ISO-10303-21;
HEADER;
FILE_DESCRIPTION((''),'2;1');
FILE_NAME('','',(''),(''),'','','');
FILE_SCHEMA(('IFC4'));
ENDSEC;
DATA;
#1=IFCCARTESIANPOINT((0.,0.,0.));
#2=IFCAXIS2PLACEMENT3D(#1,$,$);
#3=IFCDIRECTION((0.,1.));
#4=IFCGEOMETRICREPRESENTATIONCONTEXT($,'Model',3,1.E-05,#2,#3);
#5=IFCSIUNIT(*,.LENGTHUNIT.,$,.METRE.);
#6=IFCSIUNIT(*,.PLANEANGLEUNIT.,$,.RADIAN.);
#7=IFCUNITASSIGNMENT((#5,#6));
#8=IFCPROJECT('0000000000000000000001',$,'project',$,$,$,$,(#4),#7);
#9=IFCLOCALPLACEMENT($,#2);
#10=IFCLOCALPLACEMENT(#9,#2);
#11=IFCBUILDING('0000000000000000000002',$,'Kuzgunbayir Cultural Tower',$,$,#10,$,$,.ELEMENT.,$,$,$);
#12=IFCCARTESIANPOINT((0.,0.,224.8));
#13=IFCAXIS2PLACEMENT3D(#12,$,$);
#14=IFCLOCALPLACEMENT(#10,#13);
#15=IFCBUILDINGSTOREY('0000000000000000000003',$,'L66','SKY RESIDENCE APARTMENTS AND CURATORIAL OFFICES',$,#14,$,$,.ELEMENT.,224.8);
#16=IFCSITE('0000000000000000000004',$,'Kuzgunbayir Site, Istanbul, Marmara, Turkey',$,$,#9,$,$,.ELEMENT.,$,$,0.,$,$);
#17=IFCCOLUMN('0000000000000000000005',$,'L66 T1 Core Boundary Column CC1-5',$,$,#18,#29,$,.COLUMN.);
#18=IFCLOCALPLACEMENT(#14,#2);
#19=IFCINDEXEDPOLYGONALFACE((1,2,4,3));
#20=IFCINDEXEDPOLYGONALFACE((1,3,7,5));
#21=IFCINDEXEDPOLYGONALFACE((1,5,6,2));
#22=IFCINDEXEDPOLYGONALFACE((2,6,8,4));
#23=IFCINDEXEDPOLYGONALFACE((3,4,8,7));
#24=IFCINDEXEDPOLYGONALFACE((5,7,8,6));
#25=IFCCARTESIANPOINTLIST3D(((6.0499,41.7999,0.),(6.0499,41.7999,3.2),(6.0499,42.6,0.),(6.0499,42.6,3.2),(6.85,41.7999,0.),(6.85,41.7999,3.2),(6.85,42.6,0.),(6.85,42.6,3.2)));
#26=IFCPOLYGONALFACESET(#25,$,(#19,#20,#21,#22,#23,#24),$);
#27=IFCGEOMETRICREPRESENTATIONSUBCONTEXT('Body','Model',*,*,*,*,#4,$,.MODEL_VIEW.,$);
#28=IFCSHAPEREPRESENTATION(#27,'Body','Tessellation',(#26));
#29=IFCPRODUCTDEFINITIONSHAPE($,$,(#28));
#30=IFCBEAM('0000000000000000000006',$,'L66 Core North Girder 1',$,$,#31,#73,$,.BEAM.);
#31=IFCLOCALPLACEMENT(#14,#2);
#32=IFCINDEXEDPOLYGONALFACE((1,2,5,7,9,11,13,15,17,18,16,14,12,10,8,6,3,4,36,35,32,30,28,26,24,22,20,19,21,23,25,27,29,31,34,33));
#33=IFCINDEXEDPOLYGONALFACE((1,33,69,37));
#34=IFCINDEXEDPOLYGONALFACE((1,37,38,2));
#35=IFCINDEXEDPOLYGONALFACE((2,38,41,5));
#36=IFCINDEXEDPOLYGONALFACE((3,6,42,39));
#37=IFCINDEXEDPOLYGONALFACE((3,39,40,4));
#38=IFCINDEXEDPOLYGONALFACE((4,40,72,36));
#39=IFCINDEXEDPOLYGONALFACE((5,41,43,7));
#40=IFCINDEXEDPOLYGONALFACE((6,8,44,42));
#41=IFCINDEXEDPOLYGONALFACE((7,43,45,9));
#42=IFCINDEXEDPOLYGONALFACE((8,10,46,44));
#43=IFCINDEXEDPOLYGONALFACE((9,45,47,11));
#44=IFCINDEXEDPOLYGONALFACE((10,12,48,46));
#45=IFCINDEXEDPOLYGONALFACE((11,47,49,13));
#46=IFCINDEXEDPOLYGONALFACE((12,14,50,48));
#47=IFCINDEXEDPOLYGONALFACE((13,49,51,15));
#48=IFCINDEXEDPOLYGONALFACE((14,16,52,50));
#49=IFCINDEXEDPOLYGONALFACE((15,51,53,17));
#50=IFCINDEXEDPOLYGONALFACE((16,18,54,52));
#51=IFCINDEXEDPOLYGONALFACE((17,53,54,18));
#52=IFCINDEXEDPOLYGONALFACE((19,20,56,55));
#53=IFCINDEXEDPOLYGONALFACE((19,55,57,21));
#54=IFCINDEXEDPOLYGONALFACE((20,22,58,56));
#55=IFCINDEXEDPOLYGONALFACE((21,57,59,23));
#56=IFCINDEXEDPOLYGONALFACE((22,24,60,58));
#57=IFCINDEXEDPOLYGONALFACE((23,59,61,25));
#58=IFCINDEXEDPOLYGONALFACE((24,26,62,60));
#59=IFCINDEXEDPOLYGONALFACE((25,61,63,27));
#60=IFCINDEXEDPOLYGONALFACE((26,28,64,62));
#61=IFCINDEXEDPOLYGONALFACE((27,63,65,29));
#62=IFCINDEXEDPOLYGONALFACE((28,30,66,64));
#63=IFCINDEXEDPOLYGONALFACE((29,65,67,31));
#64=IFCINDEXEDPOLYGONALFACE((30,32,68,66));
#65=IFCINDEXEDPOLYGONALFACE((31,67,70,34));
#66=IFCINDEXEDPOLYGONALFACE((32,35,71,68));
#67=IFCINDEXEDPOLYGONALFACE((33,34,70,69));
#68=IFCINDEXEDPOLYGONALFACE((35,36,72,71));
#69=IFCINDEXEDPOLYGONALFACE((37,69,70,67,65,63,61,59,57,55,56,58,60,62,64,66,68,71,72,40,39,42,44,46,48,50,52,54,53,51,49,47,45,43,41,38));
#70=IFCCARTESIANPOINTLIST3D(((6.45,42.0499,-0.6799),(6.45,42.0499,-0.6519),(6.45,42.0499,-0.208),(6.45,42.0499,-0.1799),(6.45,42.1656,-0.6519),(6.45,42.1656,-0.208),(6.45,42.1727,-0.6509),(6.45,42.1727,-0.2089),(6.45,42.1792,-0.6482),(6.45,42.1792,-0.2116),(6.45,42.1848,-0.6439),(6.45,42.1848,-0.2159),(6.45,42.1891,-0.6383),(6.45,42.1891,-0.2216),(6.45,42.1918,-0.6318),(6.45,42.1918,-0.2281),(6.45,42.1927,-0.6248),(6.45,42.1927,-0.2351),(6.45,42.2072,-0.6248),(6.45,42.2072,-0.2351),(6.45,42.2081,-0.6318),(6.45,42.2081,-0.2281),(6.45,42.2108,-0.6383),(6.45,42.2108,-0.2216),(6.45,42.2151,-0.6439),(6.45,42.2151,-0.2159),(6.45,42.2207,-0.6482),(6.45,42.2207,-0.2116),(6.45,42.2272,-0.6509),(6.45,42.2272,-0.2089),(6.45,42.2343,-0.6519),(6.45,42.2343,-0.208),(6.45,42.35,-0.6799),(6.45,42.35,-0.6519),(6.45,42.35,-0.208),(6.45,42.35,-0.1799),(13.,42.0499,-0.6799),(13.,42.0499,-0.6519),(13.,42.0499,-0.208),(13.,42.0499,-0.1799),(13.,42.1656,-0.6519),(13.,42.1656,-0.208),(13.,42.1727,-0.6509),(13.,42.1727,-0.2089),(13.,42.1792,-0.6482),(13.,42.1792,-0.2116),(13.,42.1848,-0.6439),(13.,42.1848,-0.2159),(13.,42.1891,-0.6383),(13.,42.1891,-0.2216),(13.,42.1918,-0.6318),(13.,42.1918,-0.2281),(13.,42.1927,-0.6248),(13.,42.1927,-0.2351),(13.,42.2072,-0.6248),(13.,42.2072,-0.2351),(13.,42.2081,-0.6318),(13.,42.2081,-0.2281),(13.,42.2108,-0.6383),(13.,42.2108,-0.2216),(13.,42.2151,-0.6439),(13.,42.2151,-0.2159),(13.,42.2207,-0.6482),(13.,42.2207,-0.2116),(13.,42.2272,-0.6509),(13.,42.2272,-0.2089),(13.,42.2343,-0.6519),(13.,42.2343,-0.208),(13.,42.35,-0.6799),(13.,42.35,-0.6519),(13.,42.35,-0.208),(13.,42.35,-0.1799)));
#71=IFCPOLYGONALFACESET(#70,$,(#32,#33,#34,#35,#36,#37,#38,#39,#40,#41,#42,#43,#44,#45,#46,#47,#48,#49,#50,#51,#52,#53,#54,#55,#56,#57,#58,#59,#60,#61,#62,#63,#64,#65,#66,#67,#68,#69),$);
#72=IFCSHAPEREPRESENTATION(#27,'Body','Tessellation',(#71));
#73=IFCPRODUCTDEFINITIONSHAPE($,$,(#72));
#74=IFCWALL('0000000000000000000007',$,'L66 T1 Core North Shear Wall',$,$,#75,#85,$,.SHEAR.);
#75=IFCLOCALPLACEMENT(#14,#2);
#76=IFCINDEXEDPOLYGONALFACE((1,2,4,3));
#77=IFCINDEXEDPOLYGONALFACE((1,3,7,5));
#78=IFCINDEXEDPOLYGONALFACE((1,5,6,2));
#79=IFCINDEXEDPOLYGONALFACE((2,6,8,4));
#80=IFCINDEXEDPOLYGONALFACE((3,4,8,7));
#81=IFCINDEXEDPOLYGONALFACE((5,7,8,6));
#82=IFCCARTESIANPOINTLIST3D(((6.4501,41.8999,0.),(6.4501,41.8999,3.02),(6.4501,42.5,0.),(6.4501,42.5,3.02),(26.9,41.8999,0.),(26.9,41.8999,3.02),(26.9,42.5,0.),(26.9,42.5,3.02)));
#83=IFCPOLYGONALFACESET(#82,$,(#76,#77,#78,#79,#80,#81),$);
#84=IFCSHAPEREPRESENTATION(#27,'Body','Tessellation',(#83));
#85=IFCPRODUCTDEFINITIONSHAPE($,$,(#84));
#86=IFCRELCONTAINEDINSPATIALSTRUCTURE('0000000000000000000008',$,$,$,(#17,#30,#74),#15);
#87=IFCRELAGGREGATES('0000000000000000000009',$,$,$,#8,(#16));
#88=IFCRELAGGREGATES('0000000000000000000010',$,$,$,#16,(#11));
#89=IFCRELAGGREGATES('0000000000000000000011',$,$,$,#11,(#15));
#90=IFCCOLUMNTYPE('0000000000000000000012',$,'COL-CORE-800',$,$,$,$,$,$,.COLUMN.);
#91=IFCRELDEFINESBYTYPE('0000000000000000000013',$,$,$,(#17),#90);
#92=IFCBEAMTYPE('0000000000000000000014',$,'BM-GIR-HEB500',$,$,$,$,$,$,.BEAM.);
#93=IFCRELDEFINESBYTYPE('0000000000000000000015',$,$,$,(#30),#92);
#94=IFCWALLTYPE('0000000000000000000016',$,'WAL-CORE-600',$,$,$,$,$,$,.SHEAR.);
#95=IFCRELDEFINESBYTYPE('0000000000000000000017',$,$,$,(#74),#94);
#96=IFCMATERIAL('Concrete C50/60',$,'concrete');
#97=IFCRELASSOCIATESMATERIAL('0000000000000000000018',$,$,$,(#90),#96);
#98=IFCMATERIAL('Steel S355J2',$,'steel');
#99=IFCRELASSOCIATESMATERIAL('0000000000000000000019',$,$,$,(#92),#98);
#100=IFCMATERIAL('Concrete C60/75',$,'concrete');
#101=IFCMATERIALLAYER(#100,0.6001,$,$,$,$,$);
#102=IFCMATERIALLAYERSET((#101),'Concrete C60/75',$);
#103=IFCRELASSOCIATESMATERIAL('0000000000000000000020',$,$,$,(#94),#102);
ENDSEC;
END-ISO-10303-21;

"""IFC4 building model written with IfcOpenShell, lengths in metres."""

from ifc_helpers import new_model, si_unit, direction, frame, frame_2d, origin, origin_2d, place, context, subcontext, project, spatial, rectangle, i_section, extrude, material, layer, layer_set, material_profile, profile_set, type_object, element, save


model = new_model("IFC4")

# Units and contexts
model_context = context("Model", 3, precision=1e-05, world=origin(), true_north=direction((0.0, 1.0)))
body_context = subcontext(model_context, "Body", "Model", "MODEL_VIEW")
ifc_project = project(units=[si_unit("LENGTHUNIT", "METRE"), si_unit("PLANEANGLEUNIT", "RADIAN")], contexts=[model_context])

# Site, building, storey
site_placement = place(None, origin())
site = spatial("IfcSite", under=ifc_project, at=site_placement, Name="Kuzgunbayir Site, Istanbul, Marmara, Turkey", CompositionType="ELEMENT", RefElevation=0.0)
building_placement = place(site_placement, origin())
building = spatial("IfcBuilding", under=site, at=building_placement, Name="Kuzgunbayir Cultural Tower", CompositionType="ELEMENT")
storey_placement = place(building_placement, frame((0.0, 0.0, 224.8)))
storey = spatial("IfcBuildingStorey", under=building, at=storey_placement, Name="L66", Description="SKY RESIDENCE APARTMENTS AND CURATORIAL OFFICES", CompositionType="ELEMENT", Elevation=224.8)

# Column
ifc_material_1 = material(Name="Concrete C50/60", Category="concrete")
ifc_material_profile_1 = material_profile(ifc_material_1, rectangle(XDim=0.8, YDim=0.8, at=origin_2d()), Name="RC 800x800")
ifc_profile_set_1 = profile_set([ifc_material_profile_1], Name="Concrete C50/60")
column_type = type_object("IfcColumnType", Name="COL-CORE-800", PredefinedType="COLUMN", material=ifc_profile_set_1)
column_placement = place(storey_placement, frame((6.45, 42.2, 0.0), z_axis=(0.0, 0.0, 1.0), x_axis=(1.0, 0.0, 0.0)))
element("IfcColumn", 1, at=column_placement, inside=storey, type_object=column_type, Name="L66 T1 Core Boundary Column CC1-5", PredefinedType="COLUMN", context=body_context, shape_type="SweptSolid", body=[
    extrude(rectangle(XDim=0.8, YDim=0.8, at=origin_2d()), origin(), (0.0, 0.0, 1.0), 3.2),
])

# Beam
ifc_material_2 = material(Name="Steel S355J2", Category="steel")
ifc_material_profile_2 = material_profile(ifc_material_2, i_section(OverallWidth=0.3, OverallDepth=0.5, WebThickness=0.0144, FlangeThickness=0.0281, FilletRadius=0.0271, at=origin_2d()), Name="HEB 500")
ifc_profile_set_2 = profile_set([ifc_material_profile_2], Name="Steel S355J2")
beam_type = type_object("IfcBeamType", Name="BM-GIR-HEB500", PredefinedType="BEAM", material=ifc_profile_set_2)
beam_placement = place(storey_placement, frame((6.45, 42.2, -0.4299), z_axis=(1.0, 0.0, 0.0), x_axis=(0.0, 1.0, 0.0)))
element("IfcBeam", 2, at=beam_placement, inside=storey, type_object=beam_type, Name="L66 Core North Girder 1", PredefinedType="BEAM", context=body_context, shape_type="SweptSolid", body=[
    extrude(i_section(OverallWidth=0.3, OverallDepth=0.5, WebThickness=0.0144, FlangeThickness=0.0281, FilletRadius=0.0271, at=origin_2d()), origin(), (0.0, 0.0, 1.0), 6.55),
])

# Wall
ifc_material_3 = material(Name="Concrete C60/75", Category="concrete")
ifc_layer_1 = layer(ifc_material_3, 0.6001)
ifc_layer_set_1 = layer_set([ifc_layer_1], Name="Concrete C60/75")
wall_type_1 = type_object("IfcWallType", Name="WAL-CORE-600", PredefinedType="SHEAR", material=ifc_layer_set_1)
wall_1_placement = place(storey_placement, frame((6.45, 42.2, 0.0), z_axis=(0.0, 0.0, 1.0), x_axis=(1.0, 0.0, 0.0)))
element("IfcWall", 3, at=wall_1_placement, inside=storey, type_object=wall_type_1, Name="L66 T1 Core North Shear Wall", PredefinedType="SHEAR", context=body_context, shape_type="SweptSolid", body=[
    extrude(rectangle(XDim=20.45, YDim=0.6001, at=frame_2d((10.2251, 0.0))), origin(), (0.0, 0.0, 1.0), 3.02),
])

save(model, "model.ifc")
